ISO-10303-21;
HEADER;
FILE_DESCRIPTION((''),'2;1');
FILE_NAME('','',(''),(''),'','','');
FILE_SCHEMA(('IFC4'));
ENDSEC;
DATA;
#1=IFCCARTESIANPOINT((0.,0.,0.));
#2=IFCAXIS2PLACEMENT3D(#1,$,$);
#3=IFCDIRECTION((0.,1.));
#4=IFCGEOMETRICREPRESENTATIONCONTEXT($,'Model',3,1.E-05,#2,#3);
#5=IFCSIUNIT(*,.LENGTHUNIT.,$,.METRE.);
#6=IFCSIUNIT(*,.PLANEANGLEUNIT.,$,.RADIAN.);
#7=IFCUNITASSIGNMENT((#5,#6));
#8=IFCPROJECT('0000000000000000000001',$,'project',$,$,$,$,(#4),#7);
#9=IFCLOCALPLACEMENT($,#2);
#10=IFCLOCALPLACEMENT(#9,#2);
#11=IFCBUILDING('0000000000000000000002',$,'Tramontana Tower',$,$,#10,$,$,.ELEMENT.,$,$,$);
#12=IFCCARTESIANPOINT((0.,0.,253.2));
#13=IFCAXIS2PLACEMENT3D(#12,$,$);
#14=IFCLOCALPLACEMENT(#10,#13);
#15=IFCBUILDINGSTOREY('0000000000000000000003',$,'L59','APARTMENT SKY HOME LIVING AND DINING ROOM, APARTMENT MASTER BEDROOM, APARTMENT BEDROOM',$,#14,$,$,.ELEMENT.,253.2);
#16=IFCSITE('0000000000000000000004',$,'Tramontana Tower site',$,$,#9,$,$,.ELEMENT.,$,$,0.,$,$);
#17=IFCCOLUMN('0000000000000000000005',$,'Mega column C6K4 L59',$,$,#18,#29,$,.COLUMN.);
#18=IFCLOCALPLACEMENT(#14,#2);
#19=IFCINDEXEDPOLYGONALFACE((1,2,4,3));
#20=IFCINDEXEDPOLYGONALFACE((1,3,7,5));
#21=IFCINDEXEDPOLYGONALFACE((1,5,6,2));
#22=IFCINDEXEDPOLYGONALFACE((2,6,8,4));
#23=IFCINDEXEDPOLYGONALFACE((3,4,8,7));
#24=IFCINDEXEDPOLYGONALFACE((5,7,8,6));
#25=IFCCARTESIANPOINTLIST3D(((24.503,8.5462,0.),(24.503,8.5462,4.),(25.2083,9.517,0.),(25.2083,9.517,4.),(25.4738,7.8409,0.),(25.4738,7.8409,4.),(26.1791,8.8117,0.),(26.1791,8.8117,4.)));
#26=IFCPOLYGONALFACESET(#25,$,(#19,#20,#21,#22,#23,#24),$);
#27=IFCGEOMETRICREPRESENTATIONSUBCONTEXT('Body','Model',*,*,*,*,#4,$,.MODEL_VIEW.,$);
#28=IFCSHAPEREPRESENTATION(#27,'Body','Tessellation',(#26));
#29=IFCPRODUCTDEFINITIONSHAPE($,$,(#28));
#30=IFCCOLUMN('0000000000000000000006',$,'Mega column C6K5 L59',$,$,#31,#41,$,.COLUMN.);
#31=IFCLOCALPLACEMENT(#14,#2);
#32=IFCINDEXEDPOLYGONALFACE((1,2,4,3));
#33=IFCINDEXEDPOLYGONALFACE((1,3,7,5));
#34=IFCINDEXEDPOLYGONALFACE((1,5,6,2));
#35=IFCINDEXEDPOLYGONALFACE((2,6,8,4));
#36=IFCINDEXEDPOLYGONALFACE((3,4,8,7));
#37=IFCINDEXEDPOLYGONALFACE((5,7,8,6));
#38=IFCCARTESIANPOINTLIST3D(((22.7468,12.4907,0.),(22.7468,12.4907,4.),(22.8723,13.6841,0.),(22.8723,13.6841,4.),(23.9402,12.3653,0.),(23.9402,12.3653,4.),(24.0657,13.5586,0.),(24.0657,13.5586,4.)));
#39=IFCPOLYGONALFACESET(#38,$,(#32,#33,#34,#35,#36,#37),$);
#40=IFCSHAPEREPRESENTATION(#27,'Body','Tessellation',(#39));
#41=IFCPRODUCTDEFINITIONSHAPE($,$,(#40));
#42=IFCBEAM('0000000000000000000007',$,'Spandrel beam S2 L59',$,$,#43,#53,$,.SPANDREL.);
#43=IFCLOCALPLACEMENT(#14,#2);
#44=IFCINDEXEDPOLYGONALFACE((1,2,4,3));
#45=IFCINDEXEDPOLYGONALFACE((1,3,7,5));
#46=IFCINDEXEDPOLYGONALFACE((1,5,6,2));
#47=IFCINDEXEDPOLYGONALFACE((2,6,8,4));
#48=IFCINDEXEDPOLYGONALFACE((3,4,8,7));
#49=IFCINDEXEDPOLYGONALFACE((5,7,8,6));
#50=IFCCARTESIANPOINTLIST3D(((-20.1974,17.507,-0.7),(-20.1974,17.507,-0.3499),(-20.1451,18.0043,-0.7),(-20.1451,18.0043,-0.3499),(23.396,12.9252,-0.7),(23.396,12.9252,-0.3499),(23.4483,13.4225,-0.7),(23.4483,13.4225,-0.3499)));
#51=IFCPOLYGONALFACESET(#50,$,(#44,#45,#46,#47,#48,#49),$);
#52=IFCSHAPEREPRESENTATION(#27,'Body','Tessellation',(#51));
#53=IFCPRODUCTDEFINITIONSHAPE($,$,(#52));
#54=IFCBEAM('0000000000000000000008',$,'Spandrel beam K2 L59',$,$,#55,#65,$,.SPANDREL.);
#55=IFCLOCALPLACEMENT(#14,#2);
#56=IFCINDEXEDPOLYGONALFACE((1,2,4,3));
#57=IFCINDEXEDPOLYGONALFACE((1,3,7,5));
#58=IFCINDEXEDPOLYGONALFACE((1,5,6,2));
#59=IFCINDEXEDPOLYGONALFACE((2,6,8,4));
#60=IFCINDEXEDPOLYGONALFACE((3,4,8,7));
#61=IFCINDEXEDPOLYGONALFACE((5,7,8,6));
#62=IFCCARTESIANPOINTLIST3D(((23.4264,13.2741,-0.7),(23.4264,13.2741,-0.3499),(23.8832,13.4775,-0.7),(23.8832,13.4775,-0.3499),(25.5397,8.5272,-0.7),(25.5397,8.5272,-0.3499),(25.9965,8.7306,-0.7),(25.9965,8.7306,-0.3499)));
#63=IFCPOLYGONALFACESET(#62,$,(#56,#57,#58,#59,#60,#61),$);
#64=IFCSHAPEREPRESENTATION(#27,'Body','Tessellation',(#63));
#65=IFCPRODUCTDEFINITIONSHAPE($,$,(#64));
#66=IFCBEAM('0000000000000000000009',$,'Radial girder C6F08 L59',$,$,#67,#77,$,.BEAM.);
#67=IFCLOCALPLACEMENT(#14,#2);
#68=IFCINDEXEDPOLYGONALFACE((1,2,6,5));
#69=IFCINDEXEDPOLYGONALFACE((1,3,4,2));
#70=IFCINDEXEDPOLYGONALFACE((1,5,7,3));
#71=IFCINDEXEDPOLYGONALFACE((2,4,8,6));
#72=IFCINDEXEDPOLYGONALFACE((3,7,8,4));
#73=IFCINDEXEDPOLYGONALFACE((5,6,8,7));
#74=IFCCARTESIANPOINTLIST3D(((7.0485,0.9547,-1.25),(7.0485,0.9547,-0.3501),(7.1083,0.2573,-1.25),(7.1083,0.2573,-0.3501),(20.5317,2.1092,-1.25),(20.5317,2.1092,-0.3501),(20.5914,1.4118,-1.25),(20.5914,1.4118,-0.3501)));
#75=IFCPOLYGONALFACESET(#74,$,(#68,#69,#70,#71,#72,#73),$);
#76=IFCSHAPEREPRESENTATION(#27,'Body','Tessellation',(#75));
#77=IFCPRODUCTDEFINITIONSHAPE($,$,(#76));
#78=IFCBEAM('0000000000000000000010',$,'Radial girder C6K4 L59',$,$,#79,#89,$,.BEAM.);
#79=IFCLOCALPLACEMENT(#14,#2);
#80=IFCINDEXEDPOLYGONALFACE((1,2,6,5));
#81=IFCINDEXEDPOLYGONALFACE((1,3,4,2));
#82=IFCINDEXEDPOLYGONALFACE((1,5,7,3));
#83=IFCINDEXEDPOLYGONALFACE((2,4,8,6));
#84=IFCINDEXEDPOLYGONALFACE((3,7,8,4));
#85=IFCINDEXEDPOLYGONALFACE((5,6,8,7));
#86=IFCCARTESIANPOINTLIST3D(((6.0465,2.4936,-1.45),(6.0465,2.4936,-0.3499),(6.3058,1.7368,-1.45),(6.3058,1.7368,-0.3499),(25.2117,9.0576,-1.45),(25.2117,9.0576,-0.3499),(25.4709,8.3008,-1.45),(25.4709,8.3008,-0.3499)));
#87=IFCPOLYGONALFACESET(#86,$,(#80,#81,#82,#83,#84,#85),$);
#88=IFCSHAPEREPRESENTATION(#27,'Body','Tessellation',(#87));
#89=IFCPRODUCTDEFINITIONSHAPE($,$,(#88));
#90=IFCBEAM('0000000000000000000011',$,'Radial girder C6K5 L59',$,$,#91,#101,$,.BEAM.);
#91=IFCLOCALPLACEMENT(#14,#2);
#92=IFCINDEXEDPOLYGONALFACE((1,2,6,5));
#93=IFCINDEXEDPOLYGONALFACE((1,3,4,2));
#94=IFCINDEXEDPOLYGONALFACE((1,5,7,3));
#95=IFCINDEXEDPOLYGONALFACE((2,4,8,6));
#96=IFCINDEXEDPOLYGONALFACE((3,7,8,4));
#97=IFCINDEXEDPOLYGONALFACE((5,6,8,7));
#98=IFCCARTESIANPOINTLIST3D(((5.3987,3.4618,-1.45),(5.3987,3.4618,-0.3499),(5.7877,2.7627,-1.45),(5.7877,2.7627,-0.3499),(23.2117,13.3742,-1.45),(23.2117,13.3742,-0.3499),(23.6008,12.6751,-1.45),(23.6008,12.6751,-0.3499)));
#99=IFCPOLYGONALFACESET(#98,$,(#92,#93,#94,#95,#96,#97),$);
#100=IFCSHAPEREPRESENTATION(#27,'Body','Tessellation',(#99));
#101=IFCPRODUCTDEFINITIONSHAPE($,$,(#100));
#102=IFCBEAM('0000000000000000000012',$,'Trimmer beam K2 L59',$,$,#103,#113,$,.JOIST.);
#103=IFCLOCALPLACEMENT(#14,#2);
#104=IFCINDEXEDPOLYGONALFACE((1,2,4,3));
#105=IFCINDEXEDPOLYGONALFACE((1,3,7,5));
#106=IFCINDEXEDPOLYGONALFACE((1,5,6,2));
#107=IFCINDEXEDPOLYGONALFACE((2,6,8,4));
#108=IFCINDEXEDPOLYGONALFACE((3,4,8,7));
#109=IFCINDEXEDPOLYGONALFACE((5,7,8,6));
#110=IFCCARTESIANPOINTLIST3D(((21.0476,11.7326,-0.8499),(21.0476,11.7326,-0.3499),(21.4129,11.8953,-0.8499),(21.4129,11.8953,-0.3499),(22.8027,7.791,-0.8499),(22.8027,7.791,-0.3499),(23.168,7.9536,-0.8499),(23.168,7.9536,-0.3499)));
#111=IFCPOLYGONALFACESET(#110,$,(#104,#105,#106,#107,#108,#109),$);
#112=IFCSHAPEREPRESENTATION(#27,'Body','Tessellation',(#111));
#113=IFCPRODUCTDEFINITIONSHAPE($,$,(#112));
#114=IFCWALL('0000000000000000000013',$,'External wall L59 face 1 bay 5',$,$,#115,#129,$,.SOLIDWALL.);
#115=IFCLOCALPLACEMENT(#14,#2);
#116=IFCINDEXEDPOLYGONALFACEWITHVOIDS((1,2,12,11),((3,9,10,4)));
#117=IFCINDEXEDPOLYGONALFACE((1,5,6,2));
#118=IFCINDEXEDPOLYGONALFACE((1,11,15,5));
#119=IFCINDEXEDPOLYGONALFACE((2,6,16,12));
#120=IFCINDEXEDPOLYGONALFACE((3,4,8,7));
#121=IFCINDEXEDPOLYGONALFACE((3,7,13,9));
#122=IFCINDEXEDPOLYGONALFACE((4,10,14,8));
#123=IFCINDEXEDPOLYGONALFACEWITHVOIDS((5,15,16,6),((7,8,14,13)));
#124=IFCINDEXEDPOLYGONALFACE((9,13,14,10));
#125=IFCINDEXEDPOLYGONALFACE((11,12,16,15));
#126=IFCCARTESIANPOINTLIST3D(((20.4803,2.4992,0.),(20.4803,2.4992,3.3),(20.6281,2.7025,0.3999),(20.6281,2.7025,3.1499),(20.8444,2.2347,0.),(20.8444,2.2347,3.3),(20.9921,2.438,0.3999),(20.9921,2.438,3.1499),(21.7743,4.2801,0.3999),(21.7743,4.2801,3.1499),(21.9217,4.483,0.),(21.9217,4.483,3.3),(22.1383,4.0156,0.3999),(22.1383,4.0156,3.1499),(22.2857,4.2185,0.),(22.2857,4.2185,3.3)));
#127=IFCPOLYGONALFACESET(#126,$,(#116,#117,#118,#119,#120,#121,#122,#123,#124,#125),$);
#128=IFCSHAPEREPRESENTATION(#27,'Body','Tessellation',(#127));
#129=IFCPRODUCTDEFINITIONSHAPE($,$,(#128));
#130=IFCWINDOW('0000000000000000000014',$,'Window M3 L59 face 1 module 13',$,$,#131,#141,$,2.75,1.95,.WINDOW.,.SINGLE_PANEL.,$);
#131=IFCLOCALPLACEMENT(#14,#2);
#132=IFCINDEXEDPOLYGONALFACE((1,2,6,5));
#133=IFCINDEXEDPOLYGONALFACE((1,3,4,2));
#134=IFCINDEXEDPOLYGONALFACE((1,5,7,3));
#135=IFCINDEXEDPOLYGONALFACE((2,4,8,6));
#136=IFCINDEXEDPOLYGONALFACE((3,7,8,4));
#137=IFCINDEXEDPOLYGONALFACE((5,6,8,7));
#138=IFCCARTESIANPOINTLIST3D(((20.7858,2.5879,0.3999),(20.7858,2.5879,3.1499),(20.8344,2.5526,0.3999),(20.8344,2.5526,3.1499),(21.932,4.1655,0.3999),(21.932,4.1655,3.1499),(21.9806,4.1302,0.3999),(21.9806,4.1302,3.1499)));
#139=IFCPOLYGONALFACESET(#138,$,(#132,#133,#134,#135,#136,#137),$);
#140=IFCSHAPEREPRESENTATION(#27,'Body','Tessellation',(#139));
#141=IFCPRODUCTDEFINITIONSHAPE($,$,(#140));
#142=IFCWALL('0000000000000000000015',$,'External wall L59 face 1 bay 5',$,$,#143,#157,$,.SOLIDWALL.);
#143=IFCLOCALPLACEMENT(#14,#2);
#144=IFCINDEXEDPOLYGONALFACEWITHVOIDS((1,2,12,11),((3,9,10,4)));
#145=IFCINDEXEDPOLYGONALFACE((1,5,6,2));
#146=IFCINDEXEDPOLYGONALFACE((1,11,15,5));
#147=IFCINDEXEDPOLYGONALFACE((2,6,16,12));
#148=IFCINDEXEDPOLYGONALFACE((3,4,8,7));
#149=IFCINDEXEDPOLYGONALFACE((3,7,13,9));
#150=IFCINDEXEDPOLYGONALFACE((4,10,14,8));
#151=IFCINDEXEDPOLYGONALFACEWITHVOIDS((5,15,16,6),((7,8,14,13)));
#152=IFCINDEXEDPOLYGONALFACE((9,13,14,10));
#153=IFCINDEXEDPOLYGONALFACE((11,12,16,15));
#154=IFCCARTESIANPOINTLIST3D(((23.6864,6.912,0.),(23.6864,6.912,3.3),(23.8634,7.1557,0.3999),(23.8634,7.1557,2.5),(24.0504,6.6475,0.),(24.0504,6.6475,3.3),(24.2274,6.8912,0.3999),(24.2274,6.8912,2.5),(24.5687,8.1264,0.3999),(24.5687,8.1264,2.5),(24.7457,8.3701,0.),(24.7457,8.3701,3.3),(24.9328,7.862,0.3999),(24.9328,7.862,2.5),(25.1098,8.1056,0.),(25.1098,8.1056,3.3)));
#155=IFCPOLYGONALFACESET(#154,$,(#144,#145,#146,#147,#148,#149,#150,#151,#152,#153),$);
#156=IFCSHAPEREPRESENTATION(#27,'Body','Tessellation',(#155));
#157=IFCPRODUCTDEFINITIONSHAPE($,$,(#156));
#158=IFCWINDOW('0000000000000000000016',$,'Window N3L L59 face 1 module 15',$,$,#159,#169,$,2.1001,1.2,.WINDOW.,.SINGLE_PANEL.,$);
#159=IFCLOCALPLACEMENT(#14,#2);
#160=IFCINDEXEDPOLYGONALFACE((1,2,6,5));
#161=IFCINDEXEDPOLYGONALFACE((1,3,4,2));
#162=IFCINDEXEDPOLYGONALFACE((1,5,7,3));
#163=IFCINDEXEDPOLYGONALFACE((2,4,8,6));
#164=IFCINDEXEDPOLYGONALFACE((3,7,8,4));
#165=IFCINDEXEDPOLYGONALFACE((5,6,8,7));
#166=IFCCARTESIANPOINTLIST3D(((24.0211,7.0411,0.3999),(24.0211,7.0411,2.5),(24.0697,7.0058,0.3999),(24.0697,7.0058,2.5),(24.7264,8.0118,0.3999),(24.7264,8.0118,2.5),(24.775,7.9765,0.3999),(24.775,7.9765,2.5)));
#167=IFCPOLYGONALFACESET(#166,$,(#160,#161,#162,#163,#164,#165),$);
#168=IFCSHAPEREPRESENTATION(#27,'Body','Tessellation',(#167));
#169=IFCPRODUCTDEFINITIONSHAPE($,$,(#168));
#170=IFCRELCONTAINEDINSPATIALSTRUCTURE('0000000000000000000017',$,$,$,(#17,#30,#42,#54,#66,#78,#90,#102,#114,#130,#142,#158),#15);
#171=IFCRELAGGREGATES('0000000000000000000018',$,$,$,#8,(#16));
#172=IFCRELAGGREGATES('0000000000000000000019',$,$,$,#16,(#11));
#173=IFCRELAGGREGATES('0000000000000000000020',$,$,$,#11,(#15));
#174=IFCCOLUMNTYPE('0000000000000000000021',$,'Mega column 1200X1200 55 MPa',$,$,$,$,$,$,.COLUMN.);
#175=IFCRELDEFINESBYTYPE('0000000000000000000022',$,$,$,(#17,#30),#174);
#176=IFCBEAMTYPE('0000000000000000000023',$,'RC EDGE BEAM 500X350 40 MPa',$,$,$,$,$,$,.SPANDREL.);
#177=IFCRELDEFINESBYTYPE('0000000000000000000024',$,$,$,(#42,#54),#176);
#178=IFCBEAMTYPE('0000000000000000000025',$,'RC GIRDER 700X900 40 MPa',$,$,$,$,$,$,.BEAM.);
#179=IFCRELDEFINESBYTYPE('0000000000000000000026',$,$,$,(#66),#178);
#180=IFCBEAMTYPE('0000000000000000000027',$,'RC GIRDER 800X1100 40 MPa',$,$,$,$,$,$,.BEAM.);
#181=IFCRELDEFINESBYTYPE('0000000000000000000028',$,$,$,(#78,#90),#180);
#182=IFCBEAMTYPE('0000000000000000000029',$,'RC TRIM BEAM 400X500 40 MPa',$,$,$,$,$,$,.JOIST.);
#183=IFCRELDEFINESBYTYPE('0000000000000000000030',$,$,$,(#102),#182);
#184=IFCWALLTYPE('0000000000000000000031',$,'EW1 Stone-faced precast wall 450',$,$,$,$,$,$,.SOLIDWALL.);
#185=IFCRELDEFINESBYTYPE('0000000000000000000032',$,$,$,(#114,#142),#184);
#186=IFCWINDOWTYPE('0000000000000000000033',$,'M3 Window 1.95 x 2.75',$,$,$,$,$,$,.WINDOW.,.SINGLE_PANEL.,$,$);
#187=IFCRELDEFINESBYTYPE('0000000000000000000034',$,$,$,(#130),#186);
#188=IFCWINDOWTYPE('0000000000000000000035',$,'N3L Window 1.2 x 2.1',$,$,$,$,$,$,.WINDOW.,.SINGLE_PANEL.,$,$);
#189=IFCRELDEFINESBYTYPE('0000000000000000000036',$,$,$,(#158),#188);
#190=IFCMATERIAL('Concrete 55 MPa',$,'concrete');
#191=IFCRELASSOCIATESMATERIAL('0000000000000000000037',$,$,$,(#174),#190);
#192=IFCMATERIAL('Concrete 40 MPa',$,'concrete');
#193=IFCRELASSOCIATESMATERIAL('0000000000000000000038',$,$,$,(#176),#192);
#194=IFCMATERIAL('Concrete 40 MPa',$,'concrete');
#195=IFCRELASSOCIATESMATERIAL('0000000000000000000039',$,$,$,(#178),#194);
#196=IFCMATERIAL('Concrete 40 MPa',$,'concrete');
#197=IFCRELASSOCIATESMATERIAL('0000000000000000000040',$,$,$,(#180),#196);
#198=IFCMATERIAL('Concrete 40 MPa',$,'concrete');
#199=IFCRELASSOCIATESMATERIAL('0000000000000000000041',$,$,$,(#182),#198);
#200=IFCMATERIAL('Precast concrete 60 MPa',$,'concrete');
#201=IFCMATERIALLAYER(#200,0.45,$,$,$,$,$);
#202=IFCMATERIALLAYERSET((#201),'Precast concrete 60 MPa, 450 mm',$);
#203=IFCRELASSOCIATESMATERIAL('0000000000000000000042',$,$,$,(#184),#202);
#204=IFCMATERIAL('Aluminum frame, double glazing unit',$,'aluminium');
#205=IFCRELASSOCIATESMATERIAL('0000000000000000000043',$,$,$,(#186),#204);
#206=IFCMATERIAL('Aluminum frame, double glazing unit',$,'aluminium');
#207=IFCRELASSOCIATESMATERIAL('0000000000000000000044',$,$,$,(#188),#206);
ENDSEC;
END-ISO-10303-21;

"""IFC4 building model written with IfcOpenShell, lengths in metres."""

from ifc_helpers import new_model, si_unit, direction, frame, frame_2d, origin, origin_2d, place, context, subcontext, project, spatial, rectangle, extrude, material, layer, layer_set, material_profile, profile_set, type_object, element, fill, save


model = new_model("IFC4")

# Units and contexts
model_context = context("Model", 3, precision=1e-05, world=origin(), true_north=direction((0.0, 1.0)))
body_context = subcontext(model_context, "Body", "Model", "MODEL_VIEW")
ifc_project = project(units=[si_unit("LENGTHUNIT", "METRE"), si_unit("PLANEANGLEUNIT", "RADIAN")], contexts=[model_context])

# Site, building, storey
site_placement = place(None, origin())
site = spatial("IfcSite", under=ifc_project, at=site_placement, Name="Tramontana Tower site", CompositionType="ELEMENT", RefElevation=0.0)
building_placement = place(site_placement, origin())
building = spatial("IfcBuilding", under=site, at=building_placement, Name="Tramontana Tower", CompositionType="ELEMENT")
storey_placement = place(building_placement, frame((0.0, 0.0, 253.2)))
storey = spatial("IfcBuildingStorey", under=building, at=storey_placement, Name="L59", Description="APARTMENT SKY HOME LIVING AND DINING ROOM, APARTMENT MASTER BEDROOM, APARTMENT BEDROOM", CompositionType="ELEMENT", Elevation=253.2)

# Columns
ifc_material_1 = material(Name="Concrete 55 MPa", Category="concrete")
ifc_material_profile_1 = material_profile(ifc_material_1, rectangle(XDim=1.2, YDim=1.2, at=origin_2d()), Name="Mega column 1200X1200 55 MPa")
ifc_profile_set_1 = profile_set([ifc_material_profile_1], Name="Concrete 55 MPa")
column_type = type_object("IfcColumnType", Name="Mega column 1200X1200 55 MPa", PredefinedType="COLUMN", material=ifc_profile_set_1)
for number, where, z_axis, x_axis, name in (
    (1, (25.3411, 8.679, 0.0), (0.0, 0.0, 1.0), (0.587785, 0.809017, 0.0), "Mega column C6K4 L59"),
    (2, (23.4062, 13.0247, 0.0), (0.0, 0.0, 1.0), (-0.994522, 0.104528, 0.0), "Mega column C6K5 L59"),
):
    element("IfcColumn", number, at=place(storey_placement, frame(where, z_axis=z_axis, x_axis=x_axis)), inside=storey, type_object=column_type, Name=name, PredefinedType="COLUMN", context=body_context, shape_type="SweptSolid", body=[
        extrude(rectangle(XDim=1.2, YDim=1.2, at=origin_2d()), origin(), (0.0, 0.0, 1.0), 4.0),
    ])

# Beams
ifc_material_2 = material(Name="Concrete 40 MPa", Category="concrete")
ifc_material_profile_2 = material_profile(ifc_material_2, rectangle(XDim=0.5, YDim=0.3501, at=origin_2d()), Name="RC EDGE BEAM 500X350 40 MPa")
ifc_profile_set_2 = profile_set([ifc_material_profile_2], Name="Concrete 40 MPa")
beam_type_1 = type_object("IfcBeamType", Name="RC EDGE BEAM 500X350 40 MPa", PredefinedType="SPANDREL", material=ifc_profile_set_2)
beam_1_placement = place(storey_placement, frame((23.4221, 13.1738, -0.5249), z_axis=(-0.994522, 0.104527, 0.0), x_axis=(-0.104527, -0.994522, 0.0)))
element("IfcBeam", 3, at=beam_1_placement, inside=storey, type_object=beam_type_1, Name="Spandrel beam S2 L59", PredefinedType="SPANDREL", context=body_context, shape_type="SweptSolid", body=[
    extrude(rectangle(XDim=0.5, YDim=0.3501, at=origin_2d()), origin(), (0.0, 0.0, 1.0), 43.8335),
])
beam_2_placement = place(storey_placement, frame((25.7681, 8.6289, -0.5249), z_axis=(-0.406714, 0.913556, 0.0), x_axis=(-0.913556, -0.406714, 0.0)))
element("IfcBeam", 4, at=beam_2_placement, inside=storey, type_object=beam_type_1, Name="Spandrel beam K2 L59", PredefinedType="SPANDREL", context=body_context, shape_type="SweptSolid", body=[
    extrude(rectangle(XDim=0.5, YDim=0.3501, at=origin_2d()), origin(), (0.0, 0.0, 1.0), 5.196),
])
ifc_material_3 = material(Name="Concrete 40 MPa", Category="concrete")
ifc_material_profile_3 = material_profile(ifc_material_3, rectangle(XDim=0.7, YDim=0.8999, at=origin_2d()), Name="RC GIRDER 700X900 40 MPa")
ifc_profile_set_3 = profile_set([ifc_material_profile_3], Name="Concrete 40 MPa")
beam_type_2 = type_object("IfcBeamType", Name="RC GIRDER 700X900 40 MPa", PredefinedType="BEAM", material=ifc_profile_set_3)
beam_3_placement = place(storey_placement, frame((20.5615, 1.7605, -0.8), z_axis=(-0.996354, -0.085316, 0.0), x_axis=(0.085316, -0.996354, 0.0)))
element("IfcBeam", 5, at=beam_3_placement, inside=storey, type_object=beam_type_2, Name="Radial girder C6F08 L59", PredefinedType="BEAM", context=body_context, shape_type="SweptSolid", body=[
    extrude(rectangle(XDim=0.7, YDim=0.8999, at=origin_2d()), origin(), (0.0, 0.0, 1.0), 13.5325),
])
ifc_material_4 = material(Name="Concrete 40 MPa", Category="concrete")
ifc_material_profile_4 = material_profile(ifc_material_4, rectangle(XDim=0.8, YDim=1.1001, at=origin_2d()), Name="RC GIRDER 800X1100 40 MPa")
ifc_profile_set_4 = profile_set([ifc_material_profile_4], Name="Concrete 40 MPa")
beam_type_3 = type_object("IfcBeamType", Name="RC GIRDER 800X1100 40 MPa", PredefinedType="BEAM", material=ifc_profile_set_4)
beam_4_placement = place(storey_placement, frame((25.3413, 8.6792, -0.8999), z_axis=(-0.94605, -0.324019, 0.0), x_axis=(0.324019, -0.94605, 0.0)))
element("IfcBeam", 6, at=beam_4_placement, inside=storey, type_object=beam_type_3, Name="Radial girder C6K4 L59", PredefinedType="BEAM", context=body_context, shape_type="SweptSolid", body=[
    extrude(rectangle(XDim=0.8, YDim=1.1001, at=origin_2d()), origin(), (0.0, 0.0, 1.0), 20.2581),
])
beam_5_placement = place(storey_placement, frame((23.4062, 13.0247, -0.8999), z_axis=(-0.873819, -0.486252, 0.0), x_axis=(0.486252, -0.873819, 0.0)))
element("IfcBeam", 7, at=beam_5_placement, inside=storey, type_object=beam_type_3, Name="Radial girder C6K5 L59", PredefinedType="BEAM", context=body_context, shape_type="SweptSolid", body=[
    extrude(rectangle(XDim=0.8, YDim=1.1001, at=origin_2d()), origin(), (0.0, 0.0, 1.0), 20.3853),
])
ifc_material_5 = material(Name="Concrete 40 MPa", Category="concrete")
ifc_material_profile_5 = material_profile(ifc_material_5, rectangle(XDim=0.3999, YDim=0.5, at=origin_2d()), Name="RC TRIM BEAM 400X500 40 MPa")
ifc_profile_set_5 = profile_set([ifc_material_profile_5], Name="Concrete 40 MPa")
beam_type_4 = type_object("IfcBeamType", Name="RC TRIM BEAM 400X500 40 MPa", PredefinedType="JOIST", material=ifc_profile_set_5)
beam_6_placement = place(storey_placement, frame((22.9854, 7.8723, -0.5999), z_axis=(-0.406774, 0.913529, 0.0), x_axis=(-0.913529, -0.406774, 0.0)))
element("IfcBeam", 8, at=beam_6_placement, inside=storey, type_object=beam_type_4, Name="Trimmer beam K2 L59", PredefinedType="JOIST", context=body_context, shape_type="SweptSolid", body=[
    extrude(rectangle(XDim=0.3999, YDim=0.5, at=origin_2d()), origin(), (0.0, 0.0, 1.0), 4.3147),
])

# Walls, openings, windows
ifc_material_6 = material(Name="Precast concrete 60 MPa", Category="concrete")
ifc_layer_1 = layer(ifc_material_6, 0.45)
ifc_layer_set_1 = layer_set([ifc_layer_1], Name="Precast concrete 60 MPa, 450 mm")
wall_type_1 = type_object("IfcWallType", Name="EW1 Stone-faced precast wall 450", PredefinedType="SOLIDWALL", material=ifc_layer_set_1)
wall_1_placement = place(storey_placement, frame((20.6624, 2.3669, 0.0), z_axis=(0.0, 0.0, 1.0), x_axis=(0.587793, 0.809012, 0.0)))
wall_1 = element("IfcWall", 9, at=wall_1_placement, inside=storey, type_object=wall_type_1, Name="External wall L59 face 1 bay 5", PredefinedType="SOLIDWALL", context=body_context, shape_type="SweptSolid", body=[
    extrude(rectangle(XDim=2.4521, YDim=0.45, at=frame_2d((1.2261, 0.0))), origin(), (0.0, 0.0, 1.0), 3.3),
])
opening_1_placement = place(wall_1_placement, frame((0.2512, 0.0, 0.3999)))
opening_1 = element("IfcOpeningElement", 10, at=opening_1_placement, cuts=wall_1, PredefinedType="OPENING", context=body_context, shape_type="SweptSolid", body=[
    extrude(rectangle(XDim=1.95, YDim=2.75, at=frame_2d((0.9751, 1.375))), frame((0.0, 0.2349, 0.0), z_axis=(0.0, -1.0, 0.0), x_axis=(1.0, 0.0, 0.0)), (0.0, 0.0, 1.0), 0.47),
])
ifc_material_7 = material(Name="Aluminum frame, double glazing unit", Category="aluminium")
window_type_1 = type_object("IfcWindowType", Name="M3 Window 1.95 x 2.75", PartitioningType="SINGLE_PANEL", PredefinedType="WINDOW", material=ifc_material_7)
window_1_placement = place(opening_1_placement, origin())
window_1 = element("IfcWindow", 11, at=window_1_placement, inside=storey, type_object=window_type_1, Name="Window M3 L59 face 1 module 13", OverallHeight=2.75, OverallWidth=1.95, PartitioningType="SINGLE_PANEL", PredefinedType="WINDOW", context=body_context, shape_type="SweptSolid", body=[
    extrude(rectangle(XDim=1.95, YDim=2.75, at=frame_2d((0.9751, 1.375))), frame((0.0, 0.03, 0.0), z_axis=(0.0, -1.0, 0.0), x_axis=(1.0, 0.0, 0.0)), (0.0, 0.0, 1.0), 0.0601),
])
fill(opening_1, window_1)
wall_2_placement = place(storey_placement, frame((23.8684, 6.7798, 0.0), z_axis=(0.0, 0.0, 1.0), x_axis=(0.587793, 0.809011, 0.0)))
wall_2 = element("IfcWall", 12, at=wall_2_placement, inside=storey, type_object=wall_type_1, Name="External wall L59 face 1 bay 5", PredefinedType="SOLIDWALL", context=body_context, shape_type="SweptSolid", body=[
    extrude(rectangle(XDim=1.8022, YDim=0.45, at=frame_2d((0.9011, 0.0))), origin(), (0.0, 0.0, 1.0), 3.3),
])
opening_2_placement = place(wall_2_placement, frame((0.301, 0.0, 0.3999)))
opening_2 = element("IfcOpeningElement", 13, at=opening_2_placement, cuts=wall_2, PredefinedType="OPENING", context=body_context, shape_type="SweptSolid", body=[
    extrude(rectangle(XDim=1.2, YDim=2.1001, at=frame_2d((0.6001, 1.05))), frame((0.0, 0.2349, 0.0), z_axis=(0.0, -1.0, 0.0), x_axis=(1.0, 0.0, 0.0)), (0.0, 0.0, 1.0), 0.47),
])
ifc_material_8 = material(Name="Aluminum frame, double glazing unit", Category="aluminium")
window_type_2 = type_object("IfcWindowType", Name="N3L Window 1.2 x 2.1", PartitioningType="SINGLE_PANEL", PredefinedType="WINDOW", material=ifc_material_8)
window_2_placement = place(opening_2_placement, origin())
window_2 = element("IfcWindow", 14, at=window_2_placement, inside=storey, type_object=window_type_2, Name="Window N3L L59 face 1 module 15", OverallHeight=2.1001, OverallWidth=1.2, PartitioningType="SINGLE_PANEL", PredefinedType="WINDOW", context=body_context, shape_type="SweptSolid", body=[
    extrude(rectangle(XDim=1.2, YDim=2.1001, at=frame_2d((0.6001, 1.05))), frame((0.0, 0.03, 0.0), z_axis=(0.0, -1.0, 0.0), x_axis=(1.0, 0.0, 0.0)), (0.0, 0.0, 1.0), 0.0601),
])
fill(opening_2, window_2)

save(model, "model.ifc")
